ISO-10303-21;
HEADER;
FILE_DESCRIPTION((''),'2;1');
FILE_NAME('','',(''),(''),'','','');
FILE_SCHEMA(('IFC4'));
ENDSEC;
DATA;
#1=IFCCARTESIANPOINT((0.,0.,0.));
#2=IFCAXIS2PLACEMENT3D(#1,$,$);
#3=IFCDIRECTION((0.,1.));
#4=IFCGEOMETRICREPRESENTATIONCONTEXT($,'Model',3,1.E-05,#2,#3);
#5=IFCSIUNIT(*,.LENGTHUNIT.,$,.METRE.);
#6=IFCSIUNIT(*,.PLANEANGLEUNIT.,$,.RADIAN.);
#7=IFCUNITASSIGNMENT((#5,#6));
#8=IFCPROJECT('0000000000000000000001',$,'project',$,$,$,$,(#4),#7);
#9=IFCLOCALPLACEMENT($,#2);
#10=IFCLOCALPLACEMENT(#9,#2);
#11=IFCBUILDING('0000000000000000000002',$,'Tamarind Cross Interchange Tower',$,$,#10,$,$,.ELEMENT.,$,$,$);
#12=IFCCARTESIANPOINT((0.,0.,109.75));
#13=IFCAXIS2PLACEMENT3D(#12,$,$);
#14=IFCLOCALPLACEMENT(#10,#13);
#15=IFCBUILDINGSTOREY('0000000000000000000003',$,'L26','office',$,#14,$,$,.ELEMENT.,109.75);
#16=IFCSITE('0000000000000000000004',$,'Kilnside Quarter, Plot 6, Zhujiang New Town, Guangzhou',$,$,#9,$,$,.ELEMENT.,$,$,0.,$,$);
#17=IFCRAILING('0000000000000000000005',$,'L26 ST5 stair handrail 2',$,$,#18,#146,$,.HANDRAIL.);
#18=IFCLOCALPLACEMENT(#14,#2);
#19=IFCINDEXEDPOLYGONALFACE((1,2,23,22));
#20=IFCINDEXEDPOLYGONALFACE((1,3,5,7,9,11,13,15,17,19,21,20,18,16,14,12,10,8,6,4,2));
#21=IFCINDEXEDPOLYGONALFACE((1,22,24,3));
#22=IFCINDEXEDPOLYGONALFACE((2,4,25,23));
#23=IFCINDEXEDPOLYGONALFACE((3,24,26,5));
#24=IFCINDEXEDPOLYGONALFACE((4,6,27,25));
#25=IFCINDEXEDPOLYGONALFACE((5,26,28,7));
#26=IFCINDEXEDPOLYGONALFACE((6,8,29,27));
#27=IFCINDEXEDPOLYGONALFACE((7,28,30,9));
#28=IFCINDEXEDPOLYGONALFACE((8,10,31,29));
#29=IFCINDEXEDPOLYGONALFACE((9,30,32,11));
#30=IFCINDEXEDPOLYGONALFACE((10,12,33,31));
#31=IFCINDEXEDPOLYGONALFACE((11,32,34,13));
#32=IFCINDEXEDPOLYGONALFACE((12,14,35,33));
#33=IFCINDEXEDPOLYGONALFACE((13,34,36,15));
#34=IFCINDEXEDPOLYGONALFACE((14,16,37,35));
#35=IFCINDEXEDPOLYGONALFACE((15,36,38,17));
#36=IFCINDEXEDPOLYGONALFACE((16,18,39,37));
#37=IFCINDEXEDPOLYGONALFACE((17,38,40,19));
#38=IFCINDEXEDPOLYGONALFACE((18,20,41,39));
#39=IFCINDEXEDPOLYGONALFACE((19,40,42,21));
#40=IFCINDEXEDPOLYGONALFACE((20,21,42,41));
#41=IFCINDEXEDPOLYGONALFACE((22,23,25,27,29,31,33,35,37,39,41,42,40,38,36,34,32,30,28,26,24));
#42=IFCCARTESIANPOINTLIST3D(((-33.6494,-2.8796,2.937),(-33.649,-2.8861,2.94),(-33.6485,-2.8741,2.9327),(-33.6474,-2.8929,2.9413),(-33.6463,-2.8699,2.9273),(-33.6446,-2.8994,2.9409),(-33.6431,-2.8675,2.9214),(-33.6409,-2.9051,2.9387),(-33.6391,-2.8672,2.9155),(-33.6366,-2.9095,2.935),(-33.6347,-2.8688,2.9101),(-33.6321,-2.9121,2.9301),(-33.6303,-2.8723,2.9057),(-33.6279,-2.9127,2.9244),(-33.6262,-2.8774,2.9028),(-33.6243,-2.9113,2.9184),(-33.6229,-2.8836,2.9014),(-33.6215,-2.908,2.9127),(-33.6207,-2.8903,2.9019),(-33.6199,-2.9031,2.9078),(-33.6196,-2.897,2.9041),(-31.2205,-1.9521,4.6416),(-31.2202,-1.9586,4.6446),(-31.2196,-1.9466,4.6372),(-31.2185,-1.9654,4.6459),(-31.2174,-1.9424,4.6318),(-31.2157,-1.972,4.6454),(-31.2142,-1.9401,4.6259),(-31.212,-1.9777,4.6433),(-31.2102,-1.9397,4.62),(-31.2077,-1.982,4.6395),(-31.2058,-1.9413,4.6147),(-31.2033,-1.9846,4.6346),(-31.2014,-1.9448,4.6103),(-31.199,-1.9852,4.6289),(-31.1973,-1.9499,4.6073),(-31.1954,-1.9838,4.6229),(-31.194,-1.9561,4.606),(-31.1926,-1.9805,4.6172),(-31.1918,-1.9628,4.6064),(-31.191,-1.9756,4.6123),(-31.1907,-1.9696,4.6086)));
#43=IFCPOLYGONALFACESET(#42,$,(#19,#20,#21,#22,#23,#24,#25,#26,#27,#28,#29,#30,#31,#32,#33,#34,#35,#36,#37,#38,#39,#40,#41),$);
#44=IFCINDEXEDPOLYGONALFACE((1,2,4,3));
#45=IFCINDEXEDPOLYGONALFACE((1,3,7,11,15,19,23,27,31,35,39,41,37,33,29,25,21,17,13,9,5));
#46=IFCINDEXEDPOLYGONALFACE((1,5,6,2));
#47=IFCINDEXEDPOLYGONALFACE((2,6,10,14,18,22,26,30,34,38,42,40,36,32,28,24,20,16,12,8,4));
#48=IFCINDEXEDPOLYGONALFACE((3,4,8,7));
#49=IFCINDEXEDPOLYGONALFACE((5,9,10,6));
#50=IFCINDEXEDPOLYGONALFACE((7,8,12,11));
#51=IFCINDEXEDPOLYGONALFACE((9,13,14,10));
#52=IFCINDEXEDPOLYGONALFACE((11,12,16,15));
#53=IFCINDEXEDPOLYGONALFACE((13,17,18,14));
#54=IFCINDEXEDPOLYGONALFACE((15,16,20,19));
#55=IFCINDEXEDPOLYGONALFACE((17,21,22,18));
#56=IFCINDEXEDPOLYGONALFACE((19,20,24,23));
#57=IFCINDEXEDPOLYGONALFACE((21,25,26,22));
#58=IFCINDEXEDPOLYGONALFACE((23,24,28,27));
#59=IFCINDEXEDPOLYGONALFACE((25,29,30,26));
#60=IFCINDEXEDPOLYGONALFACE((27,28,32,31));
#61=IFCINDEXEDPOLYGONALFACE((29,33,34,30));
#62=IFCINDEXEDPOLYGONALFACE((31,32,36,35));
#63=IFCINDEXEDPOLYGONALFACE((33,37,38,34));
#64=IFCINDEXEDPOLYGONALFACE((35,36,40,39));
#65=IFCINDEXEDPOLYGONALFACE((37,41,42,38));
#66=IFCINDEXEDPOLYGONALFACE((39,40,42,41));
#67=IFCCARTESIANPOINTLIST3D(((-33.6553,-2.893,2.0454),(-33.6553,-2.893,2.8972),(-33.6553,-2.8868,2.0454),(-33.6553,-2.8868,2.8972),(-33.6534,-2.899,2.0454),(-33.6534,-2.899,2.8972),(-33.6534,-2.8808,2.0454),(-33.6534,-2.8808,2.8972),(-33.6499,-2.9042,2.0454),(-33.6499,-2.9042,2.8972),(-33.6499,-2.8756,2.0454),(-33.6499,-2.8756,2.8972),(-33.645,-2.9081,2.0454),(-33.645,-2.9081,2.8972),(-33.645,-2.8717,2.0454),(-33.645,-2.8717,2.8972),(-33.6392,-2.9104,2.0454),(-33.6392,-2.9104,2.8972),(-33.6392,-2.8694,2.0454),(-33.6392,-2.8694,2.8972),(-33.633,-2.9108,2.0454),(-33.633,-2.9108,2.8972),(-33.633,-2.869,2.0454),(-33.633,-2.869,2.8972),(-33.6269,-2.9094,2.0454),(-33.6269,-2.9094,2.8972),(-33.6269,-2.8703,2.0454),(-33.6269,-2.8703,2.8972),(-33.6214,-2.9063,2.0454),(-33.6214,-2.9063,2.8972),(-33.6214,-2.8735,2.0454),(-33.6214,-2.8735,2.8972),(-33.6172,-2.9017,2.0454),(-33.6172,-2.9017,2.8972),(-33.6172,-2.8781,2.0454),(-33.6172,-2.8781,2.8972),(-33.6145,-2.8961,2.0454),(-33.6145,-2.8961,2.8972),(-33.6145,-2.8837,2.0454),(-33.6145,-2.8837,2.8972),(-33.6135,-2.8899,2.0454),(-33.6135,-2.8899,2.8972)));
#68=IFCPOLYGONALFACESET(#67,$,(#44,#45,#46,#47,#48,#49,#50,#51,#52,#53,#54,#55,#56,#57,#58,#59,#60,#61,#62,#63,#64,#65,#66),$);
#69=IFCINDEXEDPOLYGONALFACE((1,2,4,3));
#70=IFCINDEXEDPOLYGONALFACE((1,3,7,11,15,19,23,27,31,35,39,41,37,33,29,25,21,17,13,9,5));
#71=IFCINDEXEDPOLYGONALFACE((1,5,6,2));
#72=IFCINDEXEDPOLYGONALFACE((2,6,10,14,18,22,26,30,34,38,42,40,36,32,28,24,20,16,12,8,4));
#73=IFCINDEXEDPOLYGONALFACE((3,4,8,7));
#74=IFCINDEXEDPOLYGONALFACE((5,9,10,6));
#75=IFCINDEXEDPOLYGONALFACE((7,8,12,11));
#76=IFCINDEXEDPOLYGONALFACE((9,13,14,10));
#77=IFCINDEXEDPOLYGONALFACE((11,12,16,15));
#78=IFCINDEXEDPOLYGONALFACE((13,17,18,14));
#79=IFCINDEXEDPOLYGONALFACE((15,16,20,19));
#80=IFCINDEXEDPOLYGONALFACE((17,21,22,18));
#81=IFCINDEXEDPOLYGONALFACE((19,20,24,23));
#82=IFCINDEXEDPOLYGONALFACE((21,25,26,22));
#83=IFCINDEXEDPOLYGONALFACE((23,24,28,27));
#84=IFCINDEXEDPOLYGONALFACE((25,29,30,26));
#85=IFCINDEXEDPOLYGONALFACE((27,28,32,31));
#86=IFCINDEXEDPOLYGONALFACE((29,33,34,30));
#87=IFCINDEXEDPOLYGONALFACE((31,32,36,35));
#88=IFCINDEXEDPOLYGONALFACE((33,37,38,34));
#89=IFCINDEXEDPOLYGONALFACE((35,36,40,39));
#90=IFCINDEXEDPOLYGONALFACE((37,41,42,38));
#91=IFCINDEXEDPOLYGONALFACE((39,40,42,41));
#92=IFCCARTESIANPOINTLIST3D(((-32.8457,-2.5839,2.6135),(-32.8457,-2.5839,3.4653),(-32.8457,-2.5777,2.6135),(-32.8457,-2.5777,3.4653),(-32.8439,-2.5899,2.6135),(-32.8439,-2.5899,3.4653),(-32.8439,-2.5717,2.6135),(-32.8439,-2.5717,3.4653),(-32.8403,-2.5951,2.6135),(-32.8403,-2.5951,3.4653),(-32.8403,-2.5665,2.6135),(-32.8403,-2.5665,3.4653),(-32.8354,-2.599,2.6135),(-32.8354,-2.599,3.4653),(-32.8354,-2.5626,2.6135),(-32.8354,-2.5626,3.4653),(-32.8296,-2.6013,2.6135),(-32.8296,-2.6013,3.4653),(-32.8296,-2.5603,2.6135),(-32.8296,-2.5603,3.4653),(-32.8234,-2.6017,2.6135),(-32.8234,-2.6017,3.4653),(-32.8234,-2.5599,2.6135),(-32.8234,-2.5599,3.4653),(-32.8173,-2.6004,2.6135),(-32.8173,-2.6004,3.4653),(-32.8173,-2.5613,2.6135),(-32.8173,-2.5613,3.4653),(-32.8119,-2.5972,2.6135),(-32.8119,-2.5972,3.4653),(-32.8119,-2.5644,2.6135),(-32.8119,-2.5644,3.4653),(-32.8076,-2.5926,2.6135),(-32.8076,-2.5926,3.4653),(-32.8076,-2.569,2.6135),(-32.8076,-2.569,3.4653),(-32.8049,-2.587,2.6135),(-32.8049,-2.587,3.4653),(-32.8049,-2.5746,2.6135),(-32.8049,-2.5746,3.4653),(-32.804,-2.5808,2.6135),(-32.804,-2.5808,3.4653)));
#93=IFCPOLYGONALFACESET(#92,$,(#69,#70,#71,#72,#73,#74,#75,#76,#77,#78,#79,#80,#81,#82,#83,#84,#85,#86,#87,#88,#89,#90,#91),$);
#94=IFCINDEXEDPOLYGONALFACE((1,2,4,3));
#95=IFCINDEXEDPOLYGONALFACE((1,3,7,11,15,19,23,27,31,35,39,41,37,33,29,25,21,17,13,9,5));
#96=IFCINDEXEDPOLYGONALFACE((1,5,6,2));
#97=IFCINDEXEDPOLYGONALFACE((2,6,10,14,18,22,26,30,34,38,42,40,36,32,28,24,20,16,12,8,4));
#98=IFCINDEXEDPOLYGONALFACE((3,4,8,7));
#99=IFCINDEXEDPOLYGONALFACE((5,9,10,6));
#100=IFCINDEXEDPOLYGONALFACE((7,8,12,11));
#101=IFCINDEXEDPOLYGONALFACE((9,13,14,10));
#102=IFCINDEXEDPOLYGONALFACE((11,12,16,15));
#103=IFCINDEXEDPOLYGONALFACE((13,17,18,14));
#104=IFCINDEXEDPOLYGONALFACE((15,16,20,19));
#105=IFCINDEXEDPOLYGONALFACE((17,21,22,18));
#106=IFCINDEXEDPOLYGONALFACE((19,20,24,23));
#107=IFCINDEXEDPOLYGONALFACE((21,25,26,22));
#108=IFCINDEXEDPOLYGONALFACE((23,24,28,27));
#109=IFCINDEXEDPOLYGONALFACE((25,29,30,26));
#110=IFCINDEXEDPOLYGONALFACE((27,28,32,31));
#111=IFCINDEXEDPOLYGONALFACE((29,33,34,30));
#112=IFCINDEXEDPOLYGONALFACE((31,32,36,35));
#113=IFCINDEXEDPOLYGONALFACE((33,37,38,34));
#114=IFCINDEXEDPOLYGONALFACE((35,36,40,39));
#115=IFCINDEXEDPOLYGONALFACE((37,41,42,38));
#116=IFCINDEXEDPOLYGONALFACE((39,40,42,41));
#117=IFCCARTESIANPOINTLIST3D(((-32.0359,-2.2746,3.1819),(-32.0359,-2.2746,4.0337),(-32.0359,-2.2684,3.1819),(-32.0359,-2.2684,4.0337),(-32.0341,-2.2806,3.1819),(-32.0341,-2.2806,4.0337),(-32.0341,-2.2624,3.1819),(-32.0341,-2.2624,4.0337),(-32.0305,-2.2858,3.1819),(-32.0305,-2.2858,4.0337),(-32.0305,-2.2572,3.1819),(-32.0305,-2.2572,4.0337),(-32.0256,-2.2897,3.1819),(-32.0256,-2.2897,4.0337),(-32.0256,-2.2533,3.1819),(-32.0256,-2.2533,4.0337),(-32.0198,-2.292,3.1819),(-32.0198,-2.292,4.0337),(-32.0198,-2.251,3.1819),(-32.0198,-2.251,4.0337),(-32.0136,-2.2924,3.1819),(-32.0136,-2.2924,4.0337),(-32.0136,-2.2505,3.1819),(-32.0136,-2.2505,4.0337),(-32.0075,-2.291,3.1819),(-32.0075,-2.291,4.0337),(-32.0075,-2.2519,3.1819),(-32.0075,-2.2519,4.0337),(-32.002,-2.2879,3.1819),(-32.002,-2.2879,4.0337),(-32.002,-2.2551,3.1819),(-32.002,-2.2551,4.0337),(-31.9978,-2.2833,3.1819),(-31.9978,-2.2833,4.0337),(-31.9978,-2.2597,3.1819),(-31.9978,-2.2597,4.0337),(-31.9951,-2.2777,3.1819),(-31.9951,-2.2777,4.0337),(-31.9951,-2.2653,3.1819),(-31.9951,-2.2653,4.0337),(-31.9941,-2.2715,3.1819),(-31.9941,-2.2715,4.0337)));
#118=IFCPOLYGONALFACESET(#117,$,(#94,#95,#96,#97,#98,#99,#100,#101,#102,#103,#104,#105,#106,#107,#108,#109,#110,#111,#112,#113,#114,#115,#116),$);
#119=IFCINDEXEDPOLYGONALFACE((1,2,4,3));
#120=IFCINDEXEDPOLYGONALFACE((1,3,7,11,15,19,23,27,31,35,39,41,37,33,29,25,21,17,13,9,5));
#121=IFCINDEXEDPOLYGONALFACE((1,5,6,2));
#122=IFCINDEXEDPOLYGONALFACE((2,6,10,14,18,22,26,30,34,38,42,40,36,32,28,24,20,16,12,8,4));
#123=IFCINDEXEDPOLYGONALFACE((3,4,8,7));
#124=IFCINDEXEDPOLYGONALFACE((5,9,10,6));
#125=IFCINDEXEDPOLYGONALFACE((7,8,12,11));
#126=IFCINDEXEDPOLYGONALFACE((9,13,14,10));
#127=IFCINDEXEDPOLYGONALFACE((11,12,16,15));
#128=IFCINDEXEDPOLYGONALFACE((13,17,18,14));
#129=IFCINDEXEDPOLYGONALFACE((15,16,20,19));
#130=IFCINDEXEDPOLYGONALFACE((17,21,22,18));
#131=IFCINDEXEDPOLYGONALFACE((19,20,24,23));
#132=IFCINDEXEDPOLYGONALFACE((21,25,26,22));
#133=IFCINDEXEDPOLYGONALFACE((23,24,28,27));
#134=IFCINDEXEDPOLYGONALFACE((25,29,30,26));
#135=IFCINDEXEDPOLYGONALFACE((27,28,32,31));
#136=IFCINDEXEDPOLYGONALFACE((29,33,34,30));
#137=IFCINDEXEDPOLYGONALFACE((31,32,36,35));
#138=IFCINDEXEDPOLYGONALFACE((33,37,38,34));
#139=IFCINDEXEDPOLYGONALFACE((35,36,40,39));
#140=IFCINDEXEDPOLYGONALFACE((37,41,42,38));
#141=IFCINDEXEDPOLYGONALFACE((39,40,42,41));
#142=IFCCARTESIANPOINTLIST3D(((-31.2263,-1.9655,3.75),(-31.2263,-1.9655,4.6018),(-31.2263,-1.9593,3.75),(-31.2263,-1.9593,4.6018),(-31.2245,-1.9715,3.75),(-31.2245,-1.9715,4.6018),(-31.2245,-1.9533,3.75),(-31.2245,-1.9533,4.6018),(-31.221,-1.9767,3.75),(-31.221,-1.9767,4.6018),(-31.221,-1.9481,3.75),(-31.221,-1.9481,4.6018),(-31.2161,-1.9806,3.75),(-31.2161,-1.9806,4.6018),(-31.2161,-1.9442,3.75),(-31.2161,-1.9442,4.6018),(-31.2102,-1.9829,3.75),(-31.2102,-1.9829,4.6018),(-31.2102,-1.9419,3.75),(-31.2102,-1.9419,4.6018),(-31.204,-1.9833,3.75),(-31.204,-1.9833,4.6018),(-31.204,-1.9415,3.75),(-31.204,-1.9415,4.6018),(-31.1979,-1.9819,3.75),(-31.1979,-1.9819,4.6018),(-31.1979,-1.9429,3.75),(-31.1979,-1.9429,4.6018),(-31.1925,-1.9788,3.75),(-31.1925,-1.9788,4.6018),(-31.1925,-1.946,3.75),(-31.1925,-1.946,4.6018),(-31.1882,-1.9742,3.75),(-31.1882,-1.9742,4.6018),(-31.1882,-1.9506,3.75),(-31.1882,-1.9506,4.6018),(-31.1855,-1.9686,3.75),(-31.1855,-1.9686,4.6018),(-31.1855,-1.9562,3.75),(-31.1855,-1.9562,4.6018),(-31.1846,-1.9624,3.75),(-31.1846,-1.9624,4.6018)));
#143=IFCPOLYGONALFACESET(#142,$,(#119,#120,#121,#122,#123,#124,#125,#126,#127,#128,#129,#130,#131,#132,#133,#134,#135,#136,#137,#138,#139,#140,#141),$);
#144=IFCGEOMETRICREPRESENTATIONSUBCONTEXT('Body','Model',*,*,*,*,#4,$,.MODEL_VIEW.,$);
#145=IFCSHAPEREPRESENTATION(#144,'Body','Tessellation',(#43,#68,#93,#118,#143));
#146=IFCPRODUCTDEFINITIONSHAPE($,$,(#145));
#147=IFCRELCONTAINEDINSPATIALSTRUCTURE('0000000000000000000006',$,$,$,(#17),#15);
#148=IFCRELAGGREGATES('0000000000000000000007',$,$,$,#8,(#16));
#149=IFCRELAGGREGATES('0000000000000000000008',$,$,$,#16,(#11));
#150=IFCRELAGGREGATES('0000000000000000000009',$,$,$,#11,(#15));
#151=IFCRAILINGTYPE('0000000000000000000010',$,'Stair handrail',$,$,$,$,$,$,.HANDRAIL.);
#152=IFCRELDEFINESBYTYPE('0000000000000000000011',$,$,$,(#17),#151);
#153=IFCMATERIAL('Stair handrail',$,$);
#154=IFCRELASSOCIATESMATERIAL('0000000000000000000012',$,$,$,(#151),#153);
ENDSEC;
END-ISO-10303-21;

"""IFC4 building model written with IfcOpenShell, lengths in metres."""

from ifc_helpers import new_model, si_unit, direction, frame, origin, origin_2d, place, context, subcontext, project, spatial, circle, extrude, material, type_object, element, save


model = new_model("IFC4")

# Units and contexts
model_context = context("Model", 3, precision=1e-05, world=origin(), true_north=direction((0.0, 1.0)))
body_context = subcontext(model_context, "Body", "Model", "MODEL_VIEW")
ifc_project = project(units=[si_unit("LENGTHUNIT", "METRE"), si_unit("PLANEANGLEUNIT", "RADIAN")], contexts=[model_context])

# Site, building, storey
site_placement = place(None, origin())
site = spatial("IfcSite", under=ifc_project, at=site_placement, Name="Kilnside Quarter, Plot 6, Zhujiang New Town, Guangzhou", CompositionType="ELEMENT", RefElevation=0.0)
building_placement = place(site_placement, origin())
building = spatial("IfcBuilding", under=site, at=building_placement, Name="Tamarind Cross Interchange Tower", CompositionType="ELEMENT")
storey_placement = place(building_placement, frame((0.0, 0.0, 109.75)))
storey = spatial("IfcBuildingStorey", under=building, at=storey_placement, Name="L26", Description="office", CompositionType="ELEMENT", Elevation=109.75)

# Railing
ifc_material_1 = material(Name="Stair handrail")
railing_type_1 = type_object("IfcRailingType", Name="Stair handrail", PredefinedType="HANDRAIL", material=ifc_material_1)
railing_1_placement = place(storey_placement, frame((-33.6345, -2.8899, 2.0454)))
element("IfcRailing", 1, at=railing_1_placement, inside=storey, type_object=railing_type_1, Name="L26 ST5 stair handrail 2", PredefinedType="HANDRAIL", context=body_context, shape_type="SweptSolid", body=[
    extrude(circle(Radius=0.0239, at=origin_2d()), frame((0.0, 0.0, 0.876), z_axis=(0.781274, 0.298327, 0.548281), x_axis=(-0.356725, 0.934209, 0.0)), (0.0, 0.0, 1.0), 3.1089),
    extrude(circle(Radius=0.021, at=origin_2d()), origin(), (0.0, 0.0, 1.0), 0.8518),
    extrude(circle(Radius=0.021, at=origin_2d()), frame((0.8096, 0.3091, 0.5681)), (0.0, 0.0, 1.0), 0.8518),
    extrude(circle(Radius=0.021, at=origin_2d()), frame((1.6194, 0.6184, 1.1365)), (0.0, 0.0, 1.0), 0.8518),
    extrude(circle(Radius=0.021, at=origin_2d()), frame((2.429, 0.9275, 1.7046)), (0.0, 0.0, 1.0), 0.8518),
])

save(model, "model.ifc")
